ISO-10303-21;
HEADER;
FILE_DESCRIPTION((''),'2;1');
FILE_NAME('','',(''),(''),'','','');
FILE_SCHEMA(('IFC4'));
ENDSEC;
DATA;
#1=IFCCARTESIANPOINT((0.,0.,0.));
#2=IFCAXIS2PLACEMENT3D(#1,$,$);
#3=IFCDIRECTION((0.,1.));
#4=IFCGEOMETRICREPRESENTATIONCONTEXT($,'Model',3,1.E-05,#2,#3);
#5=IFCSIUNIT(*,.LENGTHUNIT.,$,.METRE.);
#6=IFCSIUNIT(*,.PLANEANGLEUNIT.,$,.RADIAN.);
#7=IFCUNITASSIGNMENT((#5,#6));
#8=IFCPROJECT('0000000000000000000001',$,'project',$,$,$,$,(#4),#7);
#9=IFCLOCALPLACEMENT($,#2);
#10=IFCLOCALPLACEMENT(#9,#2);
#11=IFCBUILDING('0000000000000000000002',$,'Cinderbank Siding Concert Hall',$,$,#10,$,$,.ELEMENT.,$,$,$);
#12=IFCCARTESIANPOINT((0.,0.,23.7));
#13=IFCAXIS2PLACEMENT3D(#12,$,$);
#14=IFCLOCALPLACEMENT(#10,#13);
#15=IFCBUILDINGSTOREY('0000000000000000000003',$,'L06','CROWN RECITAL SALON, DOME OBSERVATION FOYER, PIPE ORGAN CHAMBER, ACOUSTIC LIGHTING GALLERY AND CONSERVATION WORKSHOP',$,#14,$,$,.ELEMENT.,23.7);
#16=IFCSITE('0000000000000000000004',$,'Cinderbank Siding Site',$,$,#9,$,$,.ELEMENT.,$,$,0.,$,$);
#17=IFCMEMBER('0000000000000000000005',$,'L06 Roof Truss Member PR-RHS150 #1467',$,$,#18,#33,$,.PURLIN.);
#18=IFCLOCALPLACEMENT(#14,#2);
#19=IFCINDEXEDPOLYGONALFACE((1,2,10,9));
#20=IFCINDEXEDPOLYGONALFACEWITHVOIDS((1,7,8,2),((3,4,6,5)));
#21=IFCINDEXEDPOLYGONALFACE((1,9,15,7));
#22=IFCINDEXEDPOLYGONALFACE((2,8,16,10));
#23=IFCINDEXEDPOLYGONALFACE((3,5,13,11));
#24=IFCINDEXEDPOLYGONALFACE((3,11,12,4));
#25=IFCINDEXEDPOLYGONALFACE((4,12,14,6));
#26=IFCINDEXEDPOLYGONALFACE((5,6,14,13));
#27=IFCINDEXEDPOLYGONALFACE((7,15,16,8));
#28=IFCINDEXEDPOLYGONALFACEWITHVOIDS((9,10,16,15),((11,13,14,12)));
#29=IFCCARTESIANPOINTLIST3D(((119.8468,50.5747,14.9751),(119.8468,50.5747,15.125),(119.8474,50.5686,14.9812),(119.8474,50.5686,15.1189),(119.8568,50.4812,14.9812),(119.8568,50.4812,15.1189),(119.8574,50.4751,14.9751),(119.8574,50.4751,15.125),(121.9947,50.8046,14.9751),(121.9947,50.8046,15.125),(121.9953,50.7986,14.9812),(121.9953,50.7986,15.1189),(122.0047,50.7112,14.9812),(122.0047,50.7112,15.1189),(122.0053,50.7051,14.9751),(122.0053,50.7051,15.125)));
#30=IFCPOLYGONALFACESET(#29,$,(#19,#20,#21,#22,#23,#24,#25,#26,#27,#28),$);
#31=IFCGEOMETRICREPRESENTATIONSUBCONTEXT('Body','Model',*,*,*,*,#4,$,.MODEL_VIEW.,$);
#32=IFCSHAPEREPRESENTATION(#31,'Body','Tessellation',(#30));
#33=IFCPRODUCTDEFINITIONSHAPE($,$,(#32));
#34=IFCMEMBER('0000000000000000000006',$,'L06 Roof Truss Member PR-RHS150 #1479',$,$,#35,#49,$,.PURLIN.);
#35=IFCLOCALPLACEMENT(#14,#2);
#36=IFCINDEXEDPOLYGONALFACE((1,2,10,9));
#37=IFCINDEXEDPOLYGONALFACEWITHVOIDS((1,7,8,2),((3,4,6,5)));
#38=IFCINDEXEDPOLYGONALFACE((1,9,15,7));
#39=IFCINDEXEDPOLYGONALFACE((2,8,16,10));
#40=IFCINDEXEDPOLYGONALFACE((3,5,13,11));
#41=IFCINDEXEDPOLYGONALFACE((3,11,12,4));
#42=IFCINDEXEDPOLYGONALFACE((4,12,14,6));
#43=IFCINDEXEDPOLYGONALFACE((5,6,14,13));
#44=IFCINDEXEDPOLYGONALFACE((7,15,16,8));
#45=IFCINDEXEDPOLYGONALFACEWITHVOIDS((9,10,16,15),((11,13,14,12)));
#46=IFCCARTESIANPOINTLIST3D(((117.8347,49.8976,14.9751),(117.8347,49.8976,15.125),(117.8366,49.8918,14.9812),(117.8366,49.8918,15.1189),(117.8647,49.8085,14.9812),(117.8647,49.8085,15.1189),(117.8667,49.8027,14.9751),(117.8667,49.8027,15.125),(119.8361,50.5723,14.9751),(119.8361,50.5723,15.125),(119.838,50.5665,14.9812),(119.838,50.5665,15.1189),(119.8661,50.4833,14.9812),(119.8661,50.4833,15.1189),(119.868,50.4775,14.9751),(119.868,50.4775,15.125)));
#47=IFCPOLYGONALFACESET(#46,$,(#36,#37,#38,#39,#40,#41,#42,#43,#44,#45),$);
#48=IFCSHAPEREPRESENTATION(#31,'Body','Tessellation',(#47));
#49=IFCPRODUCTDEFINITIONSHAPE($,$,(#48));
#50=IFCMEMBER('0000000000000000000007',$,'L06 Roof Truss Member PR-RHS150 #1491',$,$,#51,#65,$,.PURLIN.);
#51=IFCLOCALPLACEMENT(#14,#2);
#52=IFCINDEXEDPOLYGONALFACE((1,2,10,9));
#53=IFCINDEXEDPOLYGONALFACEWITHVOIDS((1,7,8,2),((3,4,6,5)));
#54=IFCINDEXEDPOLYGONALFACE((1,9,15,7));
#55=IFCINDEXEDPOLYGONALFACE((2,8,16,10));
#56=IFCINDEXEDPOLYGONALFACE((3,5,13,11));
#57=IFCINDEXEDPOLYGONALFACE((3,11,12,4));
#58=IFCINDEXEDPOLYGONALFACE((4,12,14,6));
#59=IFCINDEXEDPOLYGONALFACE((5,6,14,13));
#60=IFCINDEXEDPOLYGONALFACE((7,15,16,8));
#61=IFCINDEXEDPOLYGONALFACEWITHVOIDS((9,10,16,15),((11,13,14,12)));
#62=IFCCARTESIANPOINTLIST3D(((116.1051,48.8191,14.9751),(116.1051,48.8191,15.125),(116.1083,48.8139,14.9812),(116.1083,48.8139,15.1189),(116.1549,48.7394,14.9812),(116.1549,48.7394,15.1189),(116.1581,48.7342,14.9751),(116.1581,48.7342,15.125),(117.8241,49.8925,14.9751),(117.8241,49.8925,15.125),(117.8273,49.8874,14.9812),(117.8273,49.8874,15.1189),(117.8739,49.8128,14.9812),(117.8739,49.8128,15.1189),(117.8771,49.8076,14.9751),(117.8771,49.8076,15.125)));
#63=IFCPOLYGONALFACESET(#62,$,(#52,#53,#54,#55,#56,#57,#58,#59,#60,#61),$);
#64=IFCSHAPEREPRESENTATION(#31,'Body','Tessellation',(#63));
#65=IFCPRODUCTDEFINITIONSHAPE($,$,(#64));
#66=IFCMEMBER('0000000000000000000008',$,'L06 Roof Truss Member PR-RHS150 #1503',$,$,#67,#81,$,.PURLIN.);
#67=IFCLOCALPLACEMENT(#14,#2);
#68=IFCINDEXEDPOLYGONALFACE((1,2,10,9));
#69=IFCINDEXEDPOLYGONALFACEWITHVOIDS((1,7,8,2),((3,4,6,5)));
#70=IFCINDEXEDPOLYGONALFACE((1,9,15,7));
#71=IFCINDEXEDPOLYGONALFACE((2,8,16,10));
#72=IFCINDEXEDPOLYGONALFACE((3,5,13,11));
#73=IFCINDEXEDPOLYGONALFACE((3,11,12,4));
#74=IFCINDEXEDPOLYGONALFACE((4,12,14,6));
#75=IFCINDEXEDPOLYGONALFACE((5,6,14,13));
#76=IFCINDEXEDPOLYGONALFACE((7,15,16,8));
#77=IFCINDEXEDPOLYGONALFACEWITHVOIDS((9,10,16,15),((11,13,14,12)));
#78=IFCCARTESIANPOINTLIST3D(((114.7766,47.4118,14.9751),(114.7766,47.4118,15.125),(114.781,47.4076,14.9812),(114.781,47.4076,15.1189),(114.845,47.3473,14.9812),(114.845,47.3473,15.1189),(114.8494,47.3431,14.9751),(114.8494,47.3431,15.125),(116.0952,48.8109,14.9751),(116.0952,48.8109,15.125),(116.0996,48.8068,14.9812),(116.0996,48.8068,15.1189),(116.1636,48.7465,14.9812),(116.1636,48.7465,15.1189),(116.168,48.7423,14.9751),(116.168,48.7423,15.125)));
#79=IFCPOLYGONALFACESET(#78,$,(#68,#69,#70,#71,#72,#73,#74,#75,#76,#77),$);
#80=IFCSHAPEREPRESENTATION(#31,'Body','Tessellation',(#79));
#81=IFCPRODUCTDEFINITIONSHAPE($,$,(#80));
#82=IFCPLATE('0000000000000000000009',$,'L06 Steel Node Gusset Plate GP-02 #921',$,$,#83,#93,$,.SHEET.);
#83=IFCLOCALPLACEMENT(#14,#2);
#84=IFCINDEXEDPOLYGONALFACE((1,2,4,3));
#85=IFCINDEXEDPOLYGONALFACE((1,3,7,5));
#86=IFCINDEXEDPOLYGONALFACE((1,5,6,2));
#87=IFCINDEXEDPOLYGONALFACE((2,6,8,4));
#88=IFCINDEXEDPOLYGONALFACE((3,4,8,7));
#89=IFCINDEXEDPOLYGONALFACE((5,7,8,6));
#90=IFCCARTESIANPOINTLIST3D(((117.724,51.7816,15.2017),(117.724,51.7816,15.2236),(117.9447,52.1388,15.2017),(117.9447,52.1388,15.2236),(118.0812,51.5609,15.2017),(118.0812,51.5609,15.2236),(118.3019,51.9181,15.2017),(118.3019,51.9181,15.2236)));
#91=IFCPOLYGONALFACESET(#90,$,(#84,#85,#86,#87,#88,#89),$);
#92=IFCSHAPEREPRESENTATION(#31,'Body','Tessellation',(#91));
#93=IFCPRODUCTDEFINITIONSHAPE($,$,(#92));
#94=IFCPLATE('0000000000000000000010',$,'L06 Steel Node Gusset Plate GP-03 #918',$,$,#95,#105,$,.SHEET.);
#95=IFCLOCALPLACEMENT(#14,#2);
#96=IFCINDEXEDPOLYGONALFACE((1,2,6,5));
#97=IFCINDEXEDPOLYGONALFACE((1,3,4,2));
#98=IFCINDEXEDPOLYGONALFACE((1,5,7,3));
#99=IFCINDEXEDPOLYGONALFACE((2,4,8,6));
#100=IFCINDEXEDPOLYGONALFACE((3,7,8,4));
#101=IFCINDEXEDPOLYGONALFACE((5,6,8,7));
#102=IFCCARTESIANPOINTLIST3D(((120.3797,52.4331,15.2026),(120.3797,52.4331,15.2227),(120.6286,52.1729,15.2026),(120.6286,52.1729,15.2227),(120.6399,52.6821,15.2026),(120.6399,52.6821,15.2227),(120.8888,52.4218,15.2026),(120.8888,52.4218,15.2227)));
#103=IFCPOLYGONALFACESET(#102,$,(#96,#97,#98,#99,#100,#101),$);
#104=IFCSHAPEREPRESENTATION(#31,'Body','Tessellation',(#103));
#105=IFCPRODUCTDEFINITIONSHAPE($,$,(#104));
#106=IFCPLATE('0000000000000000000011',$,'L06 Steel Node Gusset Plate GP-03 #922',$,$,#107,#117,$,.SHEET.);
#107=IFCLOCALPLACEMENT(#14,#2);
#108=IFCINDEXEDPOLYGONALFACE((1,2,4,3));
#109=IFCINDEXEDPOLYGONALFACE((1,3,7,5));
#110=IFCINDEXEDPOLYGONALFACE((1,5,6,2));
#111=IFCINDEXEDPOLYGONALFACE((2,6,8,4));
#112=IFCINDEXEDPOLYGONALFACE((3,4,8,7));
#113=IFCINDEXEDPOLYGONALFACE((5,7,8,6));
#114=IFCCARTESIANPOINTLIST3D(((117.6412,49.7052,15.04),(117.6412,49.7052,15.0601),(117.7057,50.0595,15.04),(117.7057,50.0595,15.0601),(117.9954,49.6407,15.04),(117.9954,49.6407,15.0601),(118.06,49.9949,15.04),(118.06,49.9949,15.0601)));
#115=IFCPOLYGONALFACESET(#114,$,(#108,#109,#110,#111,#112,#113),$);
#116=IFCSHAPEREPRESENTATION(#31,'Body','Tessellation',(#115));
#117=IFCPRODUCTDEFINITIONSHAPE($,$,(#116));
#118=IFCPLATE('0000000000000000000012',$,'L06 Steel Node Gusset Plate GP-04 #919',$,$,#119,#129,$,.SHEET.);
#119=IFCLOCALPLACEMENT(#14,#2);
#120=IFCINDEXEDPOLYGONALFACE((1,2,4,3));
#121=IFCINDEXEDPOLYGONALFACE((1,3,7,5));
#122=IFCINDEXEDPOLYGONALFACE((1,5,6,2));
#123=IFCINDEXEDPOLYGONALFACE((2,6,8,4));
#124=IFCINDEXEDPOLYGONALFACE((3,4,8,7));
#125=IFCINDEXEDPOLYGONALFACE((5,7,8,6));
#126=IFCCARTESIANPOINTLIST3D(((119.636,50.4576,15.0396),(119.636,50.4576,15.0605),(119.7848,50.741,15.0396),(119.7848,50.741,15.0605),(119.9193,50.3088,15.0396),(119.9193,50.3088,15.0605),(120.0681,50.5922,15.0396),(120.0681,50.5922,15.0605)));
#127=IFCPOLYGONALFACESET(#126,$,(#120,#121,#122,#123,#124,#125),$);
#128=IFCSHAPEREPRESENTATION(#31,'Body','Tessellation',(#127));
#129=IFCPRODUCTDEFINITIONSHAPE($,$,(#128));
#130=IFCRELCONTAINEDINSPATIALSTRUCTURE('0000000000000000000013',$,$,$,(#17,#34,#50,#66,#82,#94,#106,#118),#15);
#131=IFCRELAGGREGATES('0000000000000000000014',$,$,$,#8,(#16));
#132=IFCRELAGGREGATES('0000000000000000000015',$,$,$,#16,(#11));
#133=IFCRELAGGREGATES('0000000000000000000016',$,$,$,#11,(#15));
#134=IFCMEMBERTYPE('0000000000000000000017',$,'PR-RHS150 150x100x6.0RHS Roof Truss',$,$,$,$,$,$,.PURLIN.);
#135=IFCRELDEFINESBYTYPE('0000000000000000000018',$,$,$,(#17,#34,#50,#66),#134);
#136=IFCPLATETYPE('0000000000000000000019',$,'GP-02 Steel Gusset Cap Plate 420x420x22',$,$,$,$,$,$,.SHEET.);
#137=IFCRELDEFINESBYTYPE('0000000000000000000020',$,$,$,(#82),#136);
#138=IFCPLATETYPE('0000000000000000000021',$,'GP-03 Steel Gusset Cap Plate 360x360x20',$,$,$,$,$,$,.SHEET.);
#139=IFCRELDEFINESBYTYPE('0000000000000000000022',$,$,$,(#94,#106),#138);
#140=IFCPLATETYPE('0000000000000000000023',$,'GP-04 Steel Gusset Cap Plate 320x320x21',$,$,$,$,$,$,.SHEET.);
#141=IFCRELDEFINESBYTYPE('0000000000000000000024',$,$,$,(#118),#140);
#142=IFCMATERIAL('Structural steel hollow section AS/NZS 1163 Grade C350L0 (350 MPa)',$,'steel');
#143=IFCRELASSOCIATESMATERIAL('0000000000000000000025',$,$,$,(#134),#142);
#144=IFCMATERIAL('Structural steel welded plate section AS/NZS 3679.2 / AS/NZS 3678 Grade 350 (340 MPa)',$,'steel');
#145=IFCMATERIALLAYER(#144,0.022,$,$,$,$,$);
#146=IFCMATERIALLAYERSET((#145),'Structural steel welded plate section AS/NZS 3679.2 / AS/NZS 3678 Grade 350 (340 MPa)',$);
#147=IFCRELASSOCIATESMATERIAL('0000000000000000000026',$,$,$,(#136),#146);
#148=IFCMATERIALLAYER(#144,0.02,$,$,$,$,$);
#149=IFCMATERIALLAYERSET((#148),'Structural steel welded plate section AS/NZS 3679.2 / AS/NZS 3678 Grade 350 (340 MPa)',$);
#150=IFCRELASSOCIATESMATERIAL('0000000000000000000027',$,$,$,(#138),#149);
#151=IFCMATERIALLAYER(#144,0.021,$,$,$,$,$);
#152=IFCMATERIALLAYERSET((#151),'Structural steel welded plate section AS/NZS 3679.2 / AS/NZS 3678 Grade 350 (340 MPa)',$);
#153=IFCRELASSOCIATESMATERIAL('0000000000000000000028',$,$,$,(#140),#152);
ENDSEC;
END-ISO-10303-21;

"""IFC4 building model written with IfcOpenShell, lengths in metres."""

from ifc_helpers import new_model, si_unit, direction, frame, origin, origin_2d, place, context, subcontext, project, spatial, rectangle, hollow_rectangle, extrude, material, layer, layer_set, material_profile, profile_set, type_object, element, save


model = new_model("IFC4")

# Units and contexts
model_context = context("Model", 3, precision=1e-05, world=origin(), true_north=direction((0.0, 1.0)))
body_context = subcontext(model_context, "Body", "Model", "MODEL_VIEW")
ifc_project = project(units=[si_unit("LENGTHUNIT", "METRE"), si_unit("PLANEANGLEUNIT", "RADIAN")], contexts=[model_context])

# Site, building, storey
site_placement = place(None, origin())
site = spatial("IfcSite", under=ifc_project, at=site_placement, Name="Cinderbank Siding Site", CompositionType="ELEMENT", RefElevation=0.0)
building_placement = place(site_placement, origin())
building = spatial("IfcBuilding", under=site, at=building_placement, Name="Cinderbank Siding Concert Hall", CompositionType="ELEMENT")
storey_placement = place(building_placement, frame((0.0, 0.0, 23.7)))
storey = spatial("IfcBuildingStorey", under=building, at=storey_placement, Name="L06", Description="CROWN RECITAL SALON, DOME OBSERVATION FOYER, PIPE ORGAN CHAMBER, ACOUSTIC LIGHTING GALLERY AND CONSERVATION WORKSHOP", CompositionType="ELEMENT", Elevation=23.7)

# Members
ifc_material_1 = material(Name="Structural steel hollow section AS/NZS 1163 Grade C350L0 (350 MPa)", Category="steel")
ifc_material_profile_1 = material_profile(ifc_material_1, hollow_rectangle(XDim=0.1001, YDim=0.1499, WallThickness=0.0061, at=origin_2d()), Name="150x100x6.0RHS", Category="LoadBearing")
ifc_profile_set_1 = profile_set([ifc_material_profile_1], Name="Structural steel hollow section AS/NZS 1163 Grade C350L0 (350 MPa)")
member_type_1 = type_object("IfcMemberType", Name="PR-RHS150 150x100x6.0RHS Roof Truss", PredefinedType="PURLIN", material=ifc_profile_set_1)
member_1_placement = place(storey_placement, frame((122.0, 50.7549, 15.05), z_axis=(-0.994317, -0.106461, 0.0), x_axis=(0.106461, -0.994317, 0.0)))
element("IfcMember", 1, at=member_1_placement, inside=storey, type_object=member_type_1, Name="L06 Roof Truss Member PR-RHS150 #1467", PredefinedType="PURLIN", context=body_context, shape_type="SweptSolid", body=[
    extrude(hollow_rectangle(XDim=0.1001, YDim=0.1499, WallThickness=0.0061, at=origin_2d()), origin(), (0.0, 0.0, 1.0), 2.1602),
])
member_2_placement = place(storey_placement, frame((119.8521, 50.5249, 15.05), z_axis=(-0.947591, -0.319485, 0.0), x_axis=(0.319485, -0.947591, 0.0)))
element("IfcMember", 2, at=member_2_placement, inside=storey, type_object=member_type_1, Name="L06 Roof Truss Member PR-RHS150 #1479", PredefinedType="PURLIN", context=body_context, shape_type="SweptSolid", body=[
    extrude(hollow_rectangle(XDim=0.1001, YDim=0.1499, WallThickness=0.0061, at=origin_2d()), origin(), (0.0, 0.0, 1.0), 2.1121),
])
member_3_placement = place(storey_placement, frame((117.8506, 49.8501, 15.05), z_axis=(-0.848195, -0.529685, 0.0), x_axis=(0.529685, -0.848195, 0.0)))
element("IfcMember", 3, at=member_3_placement, inside=storey, type_object=member_type_1, Name="L06 Roof Truss Member PR-RHS150 #1491", PredefinedType="PURLIN", context=body_context, shape_type="SweptSolid", body=[
    extrude(hollow_rectangle(XDim=0.1001, YDim=0.1499, WallThickness=0.0061, at=origin_2d()), origin(), (0.0, 0.0, 1.0), 2.0266),
])
member_4_placement = place(storey_placement, frame((116.1316, 48.7766, 15.05), z_axis=(-0.685844, -0.727749, 0.0), x_axis=(0.727749, -0.685844, 0.0)))
element("IfcMember", 4, at=member_4_placement, inside=storey, type_object=member_type_1, Name="L06 Roof Truss Member PR-RHS150 #1503", PredefinedType="PURLIN", context=body_context, shape_type="SweptSolid", body=[
    extrude(hollow_rectangle(XDim=0.1001, YDim=0.1499, WallThickness=0.0061, at=origin_2d()), origin(), (0.0, 0.0, 1.0), 1.9226),
])

# Plates
ifc_material_2 = material(Name="Structural steel welded plate section AS/NZS 3679.2 / AS/NZS 3678 Grade 350 (340 MPa)", Category="steel")
ifc_layer_1 = layer(ifc_material_2, 0.022)
ifc_layer_set_1 = layer_set([ifc_layer_1], Name="Structural steel welded plate section AS/NZS 3679.2 / AS/NZS 3678 Grade 350 (340 MPa)")
plate_type_1 = type_object("IfcPlateType", Name="GP-02 Steel Gusset Cap Plate 420x420x22", PredefinedType="SHEET", material=ifc_layer_set_1)
plate_1_placement = place(storey_placement, frame((118.0129, 51.8499, 15.2017), z_axis=(0.0, 0.0, 1.0), x_axis=(0.850719, -0.52562, 0.0)))
element("IfcPlate", 5, at=plate_1_placement, inside=storey, type_object=plate_type_1, Name="L06 Steel Node Gusset Plate GP-02 #921", PredefinedType="SHEET", context=body_context, shape_type="SweptSolid", body=[
    extrude(rectangle(XDim=0.4199, YDim=0.4199, at=origin_2d()), origin(), (0.0, 0.0, 1.0), 0.022),
])
ifc_layer_2 = layer(ifc_material_2, 0.02)
ifc_layer_set_2 = layer_set([ifc_layer_2], Name="Structural steel welded plate section AS/NZS 3679.2 / AS/NZS 3678 Grade 350 (340 MPa)")
plate_type_2 = type_object("IfcPlateType", Name="GP-03 Steel Gusset Cap Plate 360x360x20", PredefinedType="SHEET", material=ifc_layer_set_2)
for number, where, z_axis, x_axis, name in (
    (6, (120.6343, 52.4275, 15.2026), (0.0, 0.0, 1.0), (0.691261, -0.722605, 0.0), "L06 Steel Node Gusset Plate GP-03 #918"),
    (7, (117.8506, 49.8501, 15.04), (0.0, 0.0, 1.0), (-0.179317, -0.983791, 0.0), "L06 Steel Node Gusset Plate GP-03 #922"),
):
    element("IfcPlate", number, at=place(storey_placement, frame(where, z_axis=z_axis, x_axis=x_axis)), inside=storey, type_object=plate_type_2, Name=name, PredefinedType="SHEET", context=body_context, shape_type="SweptSolid", body=[
        extrude(rectangle(XDim=0.3601, YDim=0.3601, at=origin_2d()), origin(), (0.0, 0.0, 1.0), 0.02),
    ])
ifc_layer_3 = layer(ifc_material_2, 0.021)
ifc_layer_set_3 = layer_set([ifc_layer_3], Name="Structural steel welded plate section AS/NZS 3679.2 / AS/NZS 3678 Grade 350 (340 MPa)")
plate_type_3 = type_object("IfcPlateType", Name="GP-04 Steel Gusset Cap Plate 320x320x21", PredefinedType="SHEET", material=ifc_layer_set_3)
plate_2_placement = place(storey_placement, frame((119.8521, 50.5249, 15.0396), z_axis=(0.0, 0.0, 1.0), x_axis=(-0.464997, -0.885312, 0.0)))
element("IfcPlate", 8, at=plate_2_placement, inside=storey, type_object=plate_type_3, Name="L06 Steel Node Gusset Plate GP-04 #919", PredefinedType="SHEET", context=body_context, shape_type="SweptSolid", body=[
    extrude(rectangle(XDim=0.3201, YDim=0.3201, at=origin_2d()), origin(), (0.0, 0.0, 1.0), 0.021),
])

save(model, "model.ifc")
